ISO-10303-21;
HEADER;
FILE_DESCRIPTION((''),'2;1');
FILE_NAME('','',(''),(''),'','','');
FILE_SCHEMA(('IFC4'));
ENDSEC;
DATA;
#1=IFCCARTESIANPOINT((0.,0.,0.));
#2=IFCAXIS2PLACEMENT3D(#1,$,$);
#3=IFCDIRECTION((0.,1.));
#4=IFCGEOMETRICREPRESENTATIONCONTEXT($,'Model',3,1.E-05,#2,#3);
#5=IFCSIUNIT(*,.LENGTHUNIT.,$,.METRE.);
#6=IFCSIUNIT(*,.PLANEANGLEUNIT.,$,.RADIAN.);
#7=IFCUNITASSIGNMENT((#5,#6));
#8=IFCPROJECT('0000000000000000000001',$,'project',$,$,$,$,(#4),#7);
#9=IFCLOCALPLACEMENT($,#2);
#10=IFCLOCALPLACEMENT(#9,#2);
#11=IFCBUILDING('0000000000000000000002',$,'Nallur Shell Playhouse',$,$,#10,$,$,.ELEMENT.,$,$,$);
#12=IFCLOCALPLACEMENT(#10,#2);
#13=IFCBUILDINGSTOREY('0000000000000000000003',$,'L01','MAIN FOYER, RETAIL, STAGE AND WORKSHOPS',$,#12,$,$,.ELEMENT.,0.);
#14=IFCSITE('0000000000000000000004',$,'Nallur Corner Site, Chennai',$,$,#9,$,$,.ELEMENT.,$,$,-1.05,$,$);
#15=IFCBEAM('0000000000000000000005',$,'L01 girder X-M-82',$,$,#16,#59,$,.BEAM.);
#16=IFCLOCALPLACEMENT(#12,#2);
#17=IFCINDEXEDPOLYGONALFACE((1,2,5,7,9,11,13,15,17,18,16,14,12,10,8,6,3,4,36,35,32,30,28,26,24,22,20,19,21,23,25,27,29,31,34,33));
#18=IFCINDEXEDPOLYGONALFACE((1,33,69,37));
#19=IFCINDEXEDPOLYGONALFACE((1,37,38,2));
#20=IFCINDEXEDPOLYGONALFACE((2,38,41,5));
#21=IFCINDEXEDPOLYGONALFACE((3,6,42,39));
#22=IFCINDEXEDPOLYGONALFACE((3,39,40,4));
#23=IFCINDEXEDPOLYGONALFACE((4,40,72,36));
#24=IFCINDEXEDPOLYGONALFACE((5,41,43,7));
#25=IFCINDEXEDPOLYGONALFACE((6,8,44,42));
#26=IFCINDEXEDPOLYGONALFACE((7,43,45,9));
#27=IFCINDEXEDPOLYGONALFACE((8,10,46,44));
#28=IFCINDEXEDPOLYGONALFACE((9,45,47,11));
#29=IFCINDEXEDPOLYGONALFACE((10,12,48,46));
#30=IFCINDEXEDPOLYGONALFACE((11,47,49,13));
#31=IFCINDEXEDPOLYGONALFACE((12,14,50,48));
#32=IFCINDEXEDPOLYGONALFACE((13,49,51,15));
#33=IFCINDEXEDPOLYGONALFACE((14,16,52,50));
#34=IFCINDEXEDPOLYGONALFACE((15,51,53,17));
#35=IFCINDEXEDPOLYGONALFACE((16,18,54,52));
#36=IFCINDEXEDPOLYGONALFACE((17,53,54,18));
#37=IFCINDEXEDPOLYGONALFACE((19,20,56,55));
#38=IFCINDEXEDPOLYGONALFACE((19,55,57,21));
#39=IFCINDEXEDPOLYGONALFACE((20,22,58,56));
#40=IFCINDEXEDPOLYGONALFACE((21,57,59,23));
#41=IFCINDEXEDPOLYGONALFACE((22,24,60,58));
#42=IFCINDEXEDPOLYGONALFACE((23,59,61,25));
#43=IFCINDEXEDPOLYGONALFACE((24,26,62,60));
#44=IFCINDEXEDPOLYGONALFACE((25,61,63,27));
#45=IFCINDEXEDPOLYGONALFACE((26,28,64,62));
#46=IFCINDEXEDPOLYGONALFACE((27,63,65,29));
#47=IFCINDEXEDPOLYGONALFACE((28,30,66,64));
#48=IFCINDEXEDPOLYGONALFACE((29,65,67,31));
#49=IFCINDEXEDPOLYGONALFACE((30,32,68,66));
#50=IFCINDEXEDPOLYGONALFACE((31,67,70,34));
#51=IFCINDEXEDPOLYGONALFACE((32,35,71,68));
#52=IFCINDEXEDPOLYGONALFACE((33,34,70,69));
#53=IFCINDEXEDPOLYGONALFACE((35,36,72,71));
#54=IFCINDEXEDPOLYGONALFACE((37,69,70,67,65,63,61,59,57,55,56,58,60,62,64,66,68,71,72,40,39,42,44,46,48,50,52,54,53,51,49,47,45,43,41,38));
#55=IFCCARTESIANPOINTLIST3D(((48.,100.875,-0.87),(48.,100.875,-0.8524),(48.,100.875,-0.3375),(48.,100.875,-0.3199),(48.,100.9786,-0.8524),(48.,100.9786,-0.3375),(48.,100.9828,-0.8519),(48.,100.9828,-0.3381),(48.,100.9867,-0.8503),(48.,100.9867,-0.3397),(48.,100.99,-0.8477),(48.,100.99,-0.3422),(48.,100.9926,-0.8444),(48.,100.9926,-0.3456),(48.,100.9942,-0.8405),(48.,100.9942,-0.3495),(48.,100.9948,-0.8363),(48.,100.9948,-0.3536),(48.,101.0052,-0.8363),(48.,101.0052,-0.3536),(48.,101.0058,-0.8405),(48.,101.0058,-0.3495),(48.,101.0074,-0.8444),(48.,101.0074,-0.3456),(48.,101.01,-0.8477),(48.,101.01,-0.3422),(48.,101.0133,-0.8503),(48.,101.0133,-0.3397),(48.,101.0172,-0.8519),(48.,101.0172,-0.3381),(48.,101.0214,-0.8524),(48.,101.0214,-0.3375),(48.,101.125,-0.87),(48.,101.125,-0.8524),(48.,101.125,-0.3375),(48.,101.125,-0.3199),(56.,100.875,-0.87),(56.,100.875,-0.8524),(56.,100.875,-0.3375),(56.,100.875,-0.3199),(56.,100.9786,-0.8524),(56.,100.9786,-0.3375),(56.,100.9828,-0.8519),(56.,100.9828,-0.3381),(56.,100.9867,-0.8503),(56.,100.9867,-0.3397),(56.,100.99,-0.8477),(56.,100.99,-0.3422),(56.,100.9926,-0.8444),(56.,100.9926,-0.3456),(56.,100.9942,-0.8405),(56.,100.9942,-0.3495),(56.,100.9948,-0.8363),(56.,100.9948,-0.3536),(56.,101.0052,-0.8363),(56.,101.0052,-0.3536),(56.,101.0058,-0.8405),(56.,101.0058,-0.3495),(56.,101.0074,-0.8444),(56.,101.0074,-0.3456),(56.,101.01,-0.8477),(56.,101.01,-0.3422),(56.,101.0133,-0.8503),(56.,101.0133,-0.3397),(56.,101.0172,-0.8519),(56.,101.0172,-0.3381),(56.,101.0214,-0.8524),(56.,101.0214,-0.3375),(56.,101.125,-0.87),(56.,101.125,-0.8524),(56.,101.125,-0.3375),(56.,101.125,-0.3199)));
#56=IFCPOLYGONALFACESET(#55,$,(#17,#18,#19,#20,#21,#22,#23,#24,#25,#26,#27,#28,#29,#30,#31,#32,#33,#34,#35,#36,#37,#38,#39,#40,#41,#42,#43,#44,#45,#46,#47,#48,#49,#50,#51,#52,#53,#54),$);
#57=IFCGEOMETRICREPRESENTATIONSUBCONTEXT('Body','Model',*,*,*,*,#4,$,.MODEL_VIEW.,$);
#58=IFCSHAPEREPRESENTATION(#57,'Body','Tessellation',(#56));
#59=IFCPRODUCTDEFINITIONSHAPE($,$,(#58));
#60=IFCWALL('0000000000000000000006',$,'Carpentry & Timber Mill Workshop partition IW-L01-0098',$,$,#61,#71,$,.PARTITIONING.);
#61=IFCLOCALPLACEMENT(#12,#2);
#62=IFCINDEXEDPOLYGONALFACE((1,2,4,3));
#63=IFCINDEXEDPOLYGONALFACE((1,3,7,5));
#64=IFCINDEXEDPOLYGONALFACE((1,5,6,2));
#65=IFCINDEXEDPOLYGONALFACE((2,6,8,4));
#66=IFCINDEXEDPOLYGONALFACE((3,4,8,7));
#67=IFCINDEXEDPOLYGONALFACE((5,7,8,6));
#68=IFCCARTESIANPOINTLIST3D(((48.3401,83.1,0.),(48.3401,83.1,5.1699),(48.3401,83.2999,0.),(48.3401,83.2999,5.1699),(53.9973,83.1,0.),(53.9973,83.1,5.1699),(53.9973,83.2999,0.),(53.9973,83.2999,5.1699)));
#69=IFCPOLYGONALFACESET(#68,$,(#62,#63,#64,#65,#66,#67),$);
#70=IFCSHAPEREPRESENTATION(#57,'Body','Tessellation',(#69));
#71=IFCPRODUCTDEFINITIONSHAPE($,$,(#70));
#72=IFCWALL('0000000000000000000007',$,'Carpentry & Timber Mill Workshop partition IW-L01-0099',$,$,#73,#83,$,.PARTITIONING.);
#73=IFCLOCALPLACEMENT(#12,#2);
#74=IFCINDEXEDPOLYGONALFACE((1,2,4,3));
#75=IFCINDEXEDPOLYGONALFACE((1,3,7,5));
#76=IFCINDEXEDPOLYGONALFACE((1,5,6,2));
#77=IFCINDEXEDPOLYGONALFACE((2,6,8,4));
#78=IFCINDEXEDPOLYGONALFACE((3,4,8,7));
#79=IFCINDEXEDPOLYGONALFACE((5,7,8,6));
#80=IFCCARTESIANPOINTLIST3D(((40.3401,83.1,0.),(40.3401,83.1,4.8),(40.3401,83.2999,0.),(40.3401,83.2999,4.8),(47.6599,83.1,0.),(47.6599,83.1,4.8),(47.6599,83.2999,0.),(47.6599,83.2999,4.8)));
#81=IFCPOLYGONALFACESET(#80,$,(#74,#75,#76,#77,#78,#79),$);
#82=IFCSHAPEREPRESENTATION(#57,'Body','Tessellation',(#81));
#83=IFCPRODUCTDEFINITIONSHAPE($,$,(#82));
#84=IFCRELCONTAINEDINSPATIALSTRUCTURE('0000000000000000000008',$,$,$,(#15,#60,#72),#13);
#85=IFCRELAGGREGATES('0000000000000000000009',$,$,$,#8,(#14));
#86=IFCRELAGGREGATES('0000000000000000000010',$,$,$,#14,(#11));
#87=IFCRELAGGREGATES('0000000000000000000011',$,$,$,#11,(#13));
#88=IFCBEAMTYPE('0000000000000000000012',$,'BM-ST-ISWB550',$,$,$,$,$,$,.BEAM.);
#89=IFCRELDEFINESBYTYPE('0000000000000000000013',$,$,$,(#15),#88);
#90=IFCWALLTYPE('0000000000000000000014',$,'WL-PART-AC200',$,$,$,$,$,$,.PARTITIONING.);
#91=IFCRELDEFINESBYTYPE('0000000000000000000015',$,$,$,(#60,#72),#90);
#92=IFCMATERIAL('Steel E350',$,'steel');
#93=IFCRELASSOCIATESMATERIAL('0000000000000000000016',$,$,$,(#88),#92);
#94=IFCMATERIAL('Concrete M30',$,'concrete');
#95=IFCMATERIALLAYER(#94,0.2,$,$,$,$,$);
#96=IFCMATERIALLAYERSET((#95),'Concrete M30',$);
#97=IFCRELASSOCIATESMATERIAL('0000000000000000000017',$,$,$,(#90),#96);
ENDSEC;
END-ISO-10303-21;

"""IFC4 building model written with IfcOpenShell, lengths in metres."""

from ifc_helpers import new_model, si_unit, direction, frame, frame_2d, origin, origin_2d, place, context, subcontext, project, spatial, rectangle, i_section, extrude, material, layer, layer_set, material_profile, profile_set, type_object, element, save


model = new_model("IFC4")

# Units and contexts
model_context = context("Model", 3, precision=1e-05, world=origin(), true_north=direction((0.0, 1.0)))
body_context = subcontext(model_context, "Body", "Model", "MODEL_VIEW")
ifc_project = project(units=[si_unit("LENGTHUNIT", "METRE"), si_unit("PLANEANGLEUNIT", "RADIAN")], contexts=[model_context])

# Site, building, storey
site_placement = place(None, origin())
site = spatial("IfcSite", under=ifc_project, at=site_placement, Name="Nallur Corner Site, Chennai", CompositionType="ELEMENT", RefElevation=-1.05)
building_placement = place(site_placement, origin())
building = spatial("IfcBuilding", under=site, at=building_placement, Name="Nallur Shell Playhouse", CompositionType="ELEMENT")
storey_placement = place(building_placement, origin())
storey = spatial("IfcBuildingStorey", under=building, at=storey_placement, Name="L01", Description="MAIN FOYER, RETAIL, STAGE AND WORKSHOPS", CompositionType="ELEMENT", Elevation=0.0)

# Beam
ifc_material_1 = material(Name="Steel E350", Category="steel")
ifc_material_profile_1 = material_profile(ifc_material_1, i_section(OverallWidth=0.25, OverallDepth=0.55, WebThickness=0.0105, FlangeThickness=0.0176, FilletRadius=0.0161, at=origin_2d()), Name="ISWB 550")
ifc_profile_set_1 = profile_set([ifc_material_profile_1], Name="Steel E350")
beam_type_1 = type_object("IfcBeamType", Name="BM-ST-ISWB550", PredefinedType="BEAM", material=ifc_profile_set_1)
beam_1_placement = place(storey_placement, frame((48.0, 101.0, -0.595), z_axis=(1.0, 0.0, 0.0), x_axis=(0.0, 1.0, 0.0)))
element("IfcBeam", 1, at=beam_1_placement, inside=storey, type_object=beam_type_1, Name="L01 girder X-M-82", PredefinedType="BEAM", context=body_context, shape_type="SweptSolid", body=[
    extrude(i_section(OverallWidth=0.25, OverallDepth=0.55, WebThickness=0.0105, FlangeThickness=0.0176, FilletRadius=0.0161, at=origin_2d()), origin(), (0.0, 0.0, 1.0), 8.0),
])

# Walls
ifc_material_2 = material(Name="Concrete M30", Category="concrete")
ifc_layer_1 = layer(ifc_material_2, 0.2)
ifc_layer_set_1 = layer_set([ifc_layer_1], Name="Concrete M30")
wall_type_1 = type_object("IfcWallType", Name="WL-PART-AC200", PredefinedType="PARTITIONING", material=ifc_layer_set_1)
wall_1_placement = place(storey_placement, frame((53.9973, 83.2, 0.0), z_axis=(0.0, 0.0, 1.0), x_axis=(-1.0, 0.0, 0.0)))
element("IfcWall", 2, at=wall_1_placement, inside=storey, type_object=wall_type_1, Name="Carpentry & Timber Mill Workshop partition IW-L01-0098", PredefinedType="PARTITIONING", context=body_context, shape_type="SweptSolid", body=[
    extrude(rectangle(XDim=5.6572, YDim=0.2, at=frame_2d((2.8286, 0.0))), origin(), (0.0, 0.0, 1.0), 5.1699),
])
wall_2_placement = place(storey_placement, frame((47.6599, 83.2, 0.0), z_axis=(0.0, 0.0, 1.0), x_axis=(-1.0, 0.0, 0.0)))
element("IfcWall", 3, at=wall_2_placement, inside=storey, type_object=wall_type_1, Name="Carpentry & Timber Mill Workshop partition IW-L01-0099", PredefinedType="PARTITIONING", context=body_context, shape_type="SweptSolid", body=[
    extrude(rectangle(XDim=7.3198, YDim=0.2, at=frame_2d((3.6599, 0.0))), origin(), (0.0, 0.0, 1.0), 4.8),
])

save(model, "model.ifc")
